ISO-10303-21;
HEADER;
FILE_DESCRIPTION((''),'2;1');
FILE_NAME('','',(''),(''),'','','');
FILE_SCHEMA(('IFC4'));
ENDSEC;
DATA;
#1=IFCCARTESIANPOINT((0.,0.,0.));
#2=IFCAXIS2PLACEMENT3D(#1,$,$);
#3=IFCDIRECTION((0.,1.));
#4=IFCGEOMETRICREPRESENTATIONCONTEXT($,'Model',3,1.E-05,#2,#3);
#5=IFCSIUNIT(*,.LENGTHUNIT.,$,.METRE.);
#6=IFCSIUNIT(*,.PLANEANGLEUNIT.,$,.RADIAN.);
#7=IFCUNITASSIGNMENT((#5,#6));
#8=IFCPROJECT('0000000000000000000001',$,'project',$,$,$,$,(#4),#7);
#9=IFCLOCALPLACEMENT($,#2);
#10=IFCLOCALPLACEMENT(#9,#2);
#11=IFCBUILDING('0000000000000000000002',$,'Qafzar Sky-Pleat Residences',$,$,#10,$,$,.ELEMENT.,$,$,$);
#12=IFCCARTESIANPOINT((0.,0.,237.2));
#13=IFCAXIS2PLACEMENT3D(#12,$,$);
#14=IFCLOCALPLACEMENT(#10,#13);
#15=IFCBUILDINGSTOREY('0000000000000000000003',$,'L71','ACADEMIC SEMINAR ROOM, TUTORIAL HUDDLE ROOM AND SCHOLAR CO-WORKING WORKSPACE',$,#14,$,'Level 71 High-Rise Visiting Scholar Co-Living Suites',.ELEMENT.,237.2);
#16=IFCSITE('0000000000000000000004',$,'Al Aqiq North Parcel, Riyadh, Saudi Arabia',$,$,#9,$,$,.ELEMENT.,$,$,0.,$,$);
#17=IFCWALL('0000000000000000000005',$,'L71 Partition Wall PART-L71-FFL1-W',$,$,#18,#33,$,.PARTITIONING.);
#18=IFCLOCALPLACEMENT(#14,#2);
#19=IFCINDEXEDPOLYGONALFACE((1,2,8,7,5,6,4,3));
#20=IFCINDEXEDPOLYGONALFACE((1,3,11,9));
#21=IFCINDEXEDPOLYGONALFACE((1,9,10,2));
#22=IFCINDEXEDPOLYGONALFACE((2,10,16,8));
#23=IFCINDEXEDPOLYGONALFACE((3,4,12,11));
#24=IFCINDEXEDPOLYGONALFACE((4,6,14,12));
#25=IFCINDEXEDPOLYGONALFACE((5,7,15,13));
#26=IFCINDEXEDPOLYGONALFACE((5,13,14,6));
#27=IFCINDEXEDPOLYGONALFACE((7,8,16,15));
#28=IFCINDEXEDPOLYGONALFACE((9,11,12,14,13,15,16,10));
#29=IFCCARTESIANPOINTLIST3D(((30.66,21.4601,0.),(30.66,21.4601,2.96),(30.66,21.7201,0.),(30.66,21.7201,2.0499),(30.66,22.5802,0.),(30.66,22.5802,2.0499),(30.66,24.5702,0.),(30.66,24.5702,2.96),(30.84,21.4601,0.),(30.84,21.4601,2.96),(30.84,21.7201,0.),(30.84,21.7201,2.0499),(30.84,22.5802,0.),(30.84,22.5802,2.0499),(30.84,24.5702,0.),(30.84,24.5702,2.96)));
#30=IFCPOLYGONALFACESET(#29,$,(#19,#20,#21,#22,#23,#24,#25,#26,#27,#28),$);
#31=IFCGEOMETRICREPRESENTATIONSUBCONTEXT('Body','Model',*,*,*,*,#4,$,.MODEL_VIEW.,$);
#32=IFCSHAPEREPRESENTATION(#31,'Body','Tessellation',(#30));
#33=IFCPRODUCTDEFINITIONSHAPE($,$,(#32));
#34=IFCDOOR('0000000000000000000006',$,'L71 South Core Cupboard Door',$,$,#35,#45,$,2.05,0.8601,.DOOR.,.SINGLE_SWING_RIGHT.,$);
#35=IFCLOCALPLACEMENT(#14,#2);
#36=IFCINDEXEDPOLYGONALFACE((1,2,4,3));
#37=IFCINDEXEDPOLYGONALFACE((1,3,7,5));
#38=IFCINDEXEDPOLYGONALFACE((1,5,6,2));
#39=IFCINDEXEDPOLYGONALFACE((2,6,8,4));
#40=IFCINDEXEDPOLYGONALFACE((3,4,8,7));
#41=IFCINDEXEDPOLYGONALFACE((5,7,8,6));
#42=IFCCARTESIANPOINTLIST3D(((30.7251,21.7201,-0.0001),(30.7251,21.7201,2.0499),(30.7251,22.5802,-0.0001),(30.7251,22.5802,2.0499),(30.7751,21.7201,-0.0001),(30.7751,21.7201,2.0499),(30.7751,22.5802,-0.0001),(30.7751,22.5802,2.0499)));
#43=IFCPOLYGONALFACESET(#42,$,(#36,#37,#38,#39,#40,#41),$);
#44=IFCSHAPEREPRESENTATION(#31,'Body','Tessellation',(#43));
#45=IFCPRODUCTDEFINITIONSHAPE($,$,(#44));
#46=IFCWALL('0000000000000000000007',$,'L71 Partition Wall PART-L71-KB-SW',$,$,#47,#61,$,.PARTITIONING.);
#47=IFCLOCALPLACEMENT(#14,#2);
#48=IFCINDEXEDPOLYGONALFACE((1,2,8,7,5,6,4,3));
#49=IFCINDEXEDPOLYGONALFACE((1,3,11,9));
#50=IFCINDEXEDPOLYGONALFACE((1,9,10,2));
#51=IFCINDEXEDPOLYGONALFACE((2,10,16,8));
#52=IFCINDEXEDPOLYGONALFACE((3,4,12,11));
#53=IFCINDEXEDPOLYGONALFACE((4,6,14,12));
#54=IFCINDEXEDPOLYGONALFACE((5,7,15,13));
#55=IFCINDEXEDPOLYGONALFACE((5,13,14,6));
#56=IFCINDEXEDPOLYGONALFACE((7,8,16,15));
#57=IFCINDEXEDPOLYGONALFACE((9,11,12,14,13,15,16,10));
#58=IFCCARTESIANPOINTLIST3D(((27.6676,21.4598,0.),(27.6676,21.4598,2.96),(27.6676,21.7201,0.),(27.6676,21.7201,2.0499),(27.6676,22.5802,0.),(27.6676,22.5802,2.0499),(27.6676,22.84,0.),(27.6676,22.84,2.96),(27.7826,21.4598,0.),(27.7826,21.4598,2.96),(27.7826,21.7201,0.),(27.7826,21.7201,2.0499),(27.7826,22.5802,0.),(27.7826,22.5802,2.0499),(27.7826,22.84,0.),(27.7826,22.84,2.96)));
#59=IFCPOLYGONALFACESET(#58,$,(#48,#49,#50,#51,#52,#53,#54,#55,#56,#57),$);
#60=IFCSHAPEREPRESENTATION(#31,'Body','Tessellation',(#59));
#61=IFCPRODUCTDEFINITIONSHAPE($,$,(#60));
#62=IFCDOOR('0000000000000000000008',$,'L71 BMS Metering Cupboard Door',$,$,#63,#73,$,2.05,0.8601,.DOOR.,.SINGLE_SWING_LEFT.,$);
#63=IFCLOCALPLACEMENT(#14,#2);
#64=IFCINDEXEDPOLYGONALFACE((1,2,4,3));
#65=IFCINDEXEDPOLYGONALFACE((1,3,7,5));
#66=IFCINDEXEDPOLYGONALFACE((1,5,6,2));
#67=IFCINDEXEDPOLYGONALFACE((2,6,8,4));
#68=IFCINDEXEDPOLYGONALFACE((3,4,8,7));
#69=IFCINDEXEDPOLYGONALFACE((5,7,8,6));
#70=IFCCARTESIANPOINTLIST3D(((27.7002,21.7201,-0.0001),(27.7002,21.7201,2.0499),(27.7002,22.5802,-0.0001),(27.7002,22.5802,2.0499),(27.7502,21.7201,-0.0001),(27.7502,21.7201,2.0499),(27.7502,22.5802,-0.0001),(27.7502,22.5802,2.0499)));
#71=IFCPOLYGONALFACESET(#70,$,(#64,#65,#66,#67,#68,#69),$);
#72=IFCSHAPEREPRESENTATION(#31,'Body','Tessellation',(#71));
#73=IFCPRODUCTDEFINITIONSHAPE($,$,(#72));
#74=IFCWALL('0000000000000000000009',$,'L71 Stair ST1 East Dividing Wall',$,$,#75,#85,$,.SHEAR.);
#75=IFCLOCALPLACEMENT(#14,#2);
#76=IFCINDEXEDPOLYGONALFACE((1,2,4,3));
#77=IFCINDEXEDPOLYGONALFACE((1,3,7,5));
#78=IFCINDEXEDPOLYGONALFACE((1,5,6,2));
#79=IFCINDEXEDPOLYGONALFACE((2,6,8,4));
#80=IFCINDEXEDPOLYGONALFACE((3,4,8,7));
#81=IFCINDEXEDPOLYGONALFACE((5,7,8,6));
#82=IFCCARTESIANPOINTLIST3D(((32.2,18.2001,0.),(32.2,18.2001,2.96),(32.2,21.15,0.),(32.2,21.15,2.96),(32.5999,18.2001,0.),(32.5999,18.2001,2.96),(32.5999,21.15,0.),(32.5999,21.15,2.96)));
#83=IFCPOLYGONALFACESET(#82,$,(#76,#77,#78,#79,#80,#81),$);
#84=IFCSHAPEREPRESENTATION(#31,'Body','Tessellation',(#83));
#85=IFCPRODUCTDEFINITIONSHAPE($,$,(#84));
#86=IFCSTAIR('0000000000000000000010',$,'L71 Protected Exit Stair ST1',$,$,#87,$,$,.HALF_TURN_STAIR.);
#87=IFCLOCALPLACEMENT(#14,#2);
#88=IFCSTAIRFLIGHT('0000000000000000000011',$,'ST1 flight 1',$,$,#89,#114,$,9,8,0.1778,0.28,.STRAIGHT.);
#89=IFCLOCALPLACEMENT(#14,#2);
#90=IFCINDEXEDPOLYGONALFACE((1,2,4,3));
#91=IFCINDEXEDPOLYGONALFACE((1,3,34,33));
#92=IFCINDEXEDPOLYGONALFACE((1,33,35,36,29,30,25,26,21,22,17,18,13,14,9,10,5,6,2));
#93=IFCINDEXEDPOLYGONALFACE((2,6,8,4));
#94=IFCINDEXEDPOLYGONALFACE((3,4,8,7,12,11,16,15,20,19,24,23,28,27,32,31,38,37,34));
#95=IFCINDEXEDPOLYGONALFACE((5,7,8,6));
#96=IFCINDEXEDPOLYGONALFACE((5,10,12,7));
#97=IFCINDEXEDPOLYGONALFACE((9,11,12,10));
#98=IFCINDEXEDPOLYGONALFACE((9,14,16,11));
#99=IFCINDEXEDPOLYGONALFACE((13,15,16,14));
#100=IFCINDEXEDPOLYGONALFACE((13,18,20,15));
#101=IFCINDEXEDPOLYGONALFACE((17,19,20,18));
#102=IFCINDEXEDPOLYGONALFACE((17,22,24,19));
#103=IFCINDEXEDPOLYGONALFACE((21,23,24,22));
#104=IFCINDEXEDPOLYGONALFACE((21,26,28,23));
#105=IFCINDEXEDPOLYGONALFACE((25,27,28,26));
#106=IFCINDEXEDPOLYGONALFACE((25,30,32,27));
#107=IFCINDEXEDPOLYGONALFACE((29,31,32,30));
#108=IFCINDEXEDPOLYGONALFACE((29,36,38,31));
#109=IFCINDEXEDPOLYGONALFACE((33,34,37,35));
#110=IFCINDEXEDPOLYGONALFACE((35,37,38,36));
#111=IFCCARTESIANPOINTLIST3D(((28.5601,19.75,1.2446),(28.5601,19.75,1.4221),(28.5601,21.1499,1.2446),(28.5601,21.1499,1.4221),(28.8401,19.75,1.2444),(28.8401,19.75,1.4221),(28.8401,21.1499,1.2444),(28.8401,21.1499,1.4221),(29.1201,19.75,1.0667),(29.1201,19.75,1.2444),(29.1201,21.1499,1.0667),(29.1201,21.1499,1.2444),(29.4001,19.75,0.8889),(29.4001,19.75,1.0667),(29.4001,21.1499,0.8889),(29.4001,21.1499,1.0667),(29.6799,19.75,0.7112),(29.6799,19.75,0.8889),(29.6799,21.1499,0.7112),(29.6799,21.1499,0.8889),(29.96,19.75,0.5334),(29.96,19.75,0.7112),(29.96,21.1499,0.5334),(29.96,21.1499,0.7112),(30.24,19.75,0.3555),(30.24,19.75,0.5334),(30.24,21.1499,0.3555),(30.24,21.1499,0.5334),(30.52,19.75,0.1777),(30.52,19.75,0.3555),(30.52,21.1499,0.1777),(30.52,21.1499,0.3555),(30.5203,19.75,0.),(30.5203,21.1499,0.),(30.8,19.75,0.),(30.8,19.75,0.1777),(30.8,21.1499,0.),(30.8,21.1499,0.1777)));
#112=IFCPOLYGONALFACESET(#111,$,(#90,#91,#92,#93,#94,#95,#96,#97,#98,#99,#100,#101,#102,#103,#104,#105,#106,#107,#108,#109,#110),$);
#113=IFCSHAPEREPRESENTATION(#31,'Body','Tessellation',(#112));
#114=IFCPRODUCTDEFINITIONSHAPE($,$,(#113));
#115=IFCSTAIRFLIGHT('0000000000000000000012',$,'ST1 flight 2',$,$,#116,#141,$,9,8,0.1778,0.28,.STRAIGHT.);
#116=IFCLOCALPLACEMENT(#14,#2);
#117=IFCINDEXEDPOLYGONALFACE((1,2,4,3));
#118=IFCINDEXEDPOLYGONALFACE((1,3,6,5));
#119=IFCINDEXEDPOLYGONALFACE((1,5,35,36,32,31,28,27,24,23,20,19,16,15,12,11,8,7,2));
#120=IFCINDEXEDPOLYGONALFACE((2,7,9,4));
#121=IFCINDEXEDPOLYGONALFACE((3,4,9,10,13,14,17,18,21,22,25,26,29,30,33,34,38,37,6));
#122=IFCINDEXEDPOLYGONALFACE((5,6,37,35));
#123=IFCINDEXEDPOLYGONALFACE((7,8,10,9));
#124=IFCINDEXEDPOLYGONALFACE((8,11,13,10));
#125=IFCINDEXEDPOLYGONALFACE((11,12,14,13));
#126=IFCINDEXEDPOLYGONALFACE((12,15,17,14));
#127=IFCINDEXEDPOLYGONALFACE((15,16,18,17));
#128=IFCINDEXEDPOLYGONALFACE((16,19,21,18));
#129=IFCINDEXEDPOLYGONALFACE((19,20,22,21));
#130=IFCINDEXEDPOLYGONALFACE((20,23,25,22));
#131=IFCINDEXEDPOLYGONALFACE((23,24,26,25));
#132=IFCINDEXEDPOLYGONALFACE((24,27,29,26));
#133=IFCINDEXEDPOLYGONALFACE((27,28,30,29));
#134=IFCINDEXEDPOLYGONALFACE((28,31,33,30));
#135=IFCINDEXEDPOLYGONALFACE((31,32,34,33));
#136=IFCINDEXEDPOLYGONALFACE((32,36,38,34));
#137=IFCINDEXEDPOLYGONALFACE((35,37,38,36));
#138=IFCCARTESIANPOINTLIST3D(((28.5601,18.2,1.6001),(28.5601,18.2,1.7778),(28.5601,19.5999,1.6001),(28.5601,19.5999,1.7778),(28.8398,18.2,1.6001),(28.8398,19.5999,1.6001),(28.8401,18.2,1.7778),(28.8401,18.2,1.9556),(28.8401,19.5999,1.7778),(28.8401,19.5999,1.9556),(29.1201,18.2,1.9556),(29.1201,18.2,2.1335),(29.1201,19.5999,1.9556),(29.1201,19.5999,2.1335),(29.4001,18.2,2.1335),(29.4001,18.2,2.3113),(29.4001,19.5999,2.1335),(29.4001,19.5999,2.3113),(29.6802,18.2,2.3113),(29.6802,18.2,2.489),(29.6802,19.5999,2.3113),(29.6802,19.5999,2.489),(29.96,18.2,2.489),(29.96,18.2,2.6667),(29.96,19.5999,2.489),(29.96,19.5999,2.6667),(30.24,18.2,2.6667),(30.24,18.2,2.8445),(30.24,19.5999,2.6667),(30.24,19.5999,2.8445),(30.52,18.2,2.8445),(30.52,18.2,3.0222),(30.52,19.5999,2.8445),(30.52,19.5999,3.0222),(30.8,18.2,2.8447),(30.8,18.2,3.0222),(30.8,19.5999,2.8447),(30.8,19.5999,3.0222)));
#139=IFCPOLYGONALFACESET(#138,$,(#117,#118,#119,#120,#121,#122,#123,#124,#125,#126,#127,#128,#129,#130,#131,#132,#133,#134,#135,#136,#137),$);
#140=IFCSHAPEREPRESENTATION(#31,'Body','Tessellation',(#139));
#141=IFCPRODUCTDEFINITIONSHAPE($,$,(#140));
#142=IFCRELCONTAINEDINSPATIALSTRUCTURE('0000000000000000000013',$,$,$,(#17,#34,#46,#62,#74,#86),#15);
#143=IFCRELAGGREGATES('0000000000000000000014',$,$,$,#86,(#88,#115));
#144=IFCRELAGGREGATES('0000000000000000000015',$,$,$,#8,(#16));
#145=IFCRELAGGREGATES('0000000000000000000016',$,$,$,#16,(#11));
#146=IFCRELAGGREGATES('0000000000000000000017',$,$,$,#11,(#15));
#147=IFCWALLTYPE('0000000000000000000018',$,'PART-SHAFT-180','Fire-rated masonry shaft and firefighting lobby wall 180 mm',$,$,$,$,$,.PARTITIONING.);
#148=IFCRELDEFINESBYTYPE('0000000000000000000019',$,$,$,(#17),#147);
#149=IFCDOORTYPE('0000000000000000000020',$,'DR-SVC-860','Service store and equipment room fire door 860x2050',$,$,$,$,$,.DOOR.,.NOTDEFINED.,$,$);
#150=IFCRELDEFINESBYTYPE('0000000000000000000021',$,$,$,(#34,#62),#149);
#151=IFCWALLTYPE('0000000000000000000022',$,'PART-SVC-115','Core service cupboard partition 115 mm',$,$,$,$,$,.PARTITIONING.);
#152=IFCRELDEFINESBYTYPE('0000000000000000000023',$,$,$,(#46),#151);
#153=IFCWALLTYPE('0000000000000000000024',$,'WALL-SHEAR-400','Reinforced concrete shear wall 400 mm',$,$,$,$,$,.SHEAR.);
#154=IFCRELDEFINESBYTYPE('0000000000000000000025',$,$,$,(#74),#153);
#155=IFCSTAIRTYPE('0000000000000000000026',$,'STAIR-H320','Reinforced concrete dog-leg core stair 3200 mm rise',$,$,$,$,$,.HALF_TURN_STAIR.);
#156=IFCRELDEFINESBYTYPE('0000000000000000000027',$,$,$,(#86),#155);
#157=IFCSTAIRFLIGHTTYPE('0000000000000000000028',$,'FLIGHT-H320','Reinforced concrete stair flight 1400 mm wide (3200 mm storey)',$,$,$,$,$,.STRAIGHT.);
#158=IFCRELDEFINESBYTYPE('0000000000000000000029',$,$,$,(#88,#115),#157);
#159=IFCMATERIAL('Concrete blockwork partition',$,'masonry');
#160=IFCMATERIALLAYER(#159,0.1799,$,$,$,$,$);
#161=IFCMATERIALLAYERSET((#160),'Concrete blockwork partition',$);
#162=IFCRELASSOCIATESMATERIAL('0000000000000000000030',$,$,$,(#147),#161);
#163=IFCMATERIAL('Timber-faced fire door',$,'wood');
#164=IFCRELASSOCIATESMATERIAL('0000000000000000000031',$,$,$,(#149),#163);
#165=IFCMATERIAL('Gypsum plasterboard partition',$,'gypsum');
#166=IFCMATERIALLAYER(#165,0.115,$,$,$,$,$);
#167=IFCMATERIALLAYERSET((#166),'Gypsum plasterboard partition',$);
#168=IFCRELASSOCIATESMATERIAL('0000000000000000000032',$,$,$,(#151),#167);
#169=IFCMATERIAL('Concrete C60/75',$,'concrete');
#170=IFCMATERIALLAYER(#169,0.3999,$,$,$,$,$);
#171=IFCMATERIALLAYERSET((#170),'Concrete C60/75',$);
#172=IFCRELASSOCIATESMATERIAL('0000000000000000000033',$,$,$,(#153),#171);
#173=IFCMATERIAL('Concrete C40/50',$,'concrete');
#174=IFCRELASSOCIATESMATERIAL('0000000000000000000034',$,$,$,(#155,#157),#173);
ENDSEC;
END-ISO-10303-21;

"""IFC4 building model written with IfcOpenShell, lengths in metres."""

from ifc_helpers import new_model, si_unit, direction, frame, frame_2d, origin, place, context, subcontext, project, spatial, polyline, rectangle, outline, extrude, source, transform, mapped, material, layer, layer_set, type_object, element, fill, aggregate, save


model = new_model("IFC4")

# Units and contexts
model_context = context("Model", 3, precision=1e-05, world=origin(), true_north=direction((0.0, 1.0)))
body_context = subcontext(model_context, "Body", "Model", "MODEL_VIEW")
ifc_project = project(units=[si_unit("LENGTHUNIT", "METRE"), si_unit("PLANEANGLEUNIT", "RADIAN")], contexts=[model_context])

# Site, building, storey
site_placement = place(None, origin())
site = spatial("IfcSite", under=ifc_project, at=site_placement, Name="Al Aqiq North Parcel, Riyadh, Saudi Arabia", CompositionType="ELEMENT", RefElevation=0.0)
building_placement = place(site_placement, origin())
building = spatial("IfcBuilding", under=site, at=building_placement, Name="Qafzar Sky-Pleat Residences", CompositionType="ELEMENT")
storey_placement = place(building_placement, frame((0.0, 0.0, 237.2)))
storey = spatial("IfcBuildingStorey", under=building, at=storey_placement, Name="L71", Description="ACADEMIC SEMINAR ROOM, TUTORIAL HUDDLE ROOM AND SCHOLAR CO-WORKING WORKSPACE", LongName="Level 71 High-Rise Visiting Scholar Co-Living Suites", CompositionType="ELEMENT", Elevation=237.2)

# Walls, openings, doors
ifc_material_1 = material(Name="Concrete blockwork partition", Category="masonry")
ifc_layer_1 = layer(ifc_material_1, 0.1799)
ifc_layer_set_1 = layer_set([ifc_layer_1], Name="Concrete blockwork partition")
wall_type_1 = type_object("IfcWallType", Name="PART-SHAFT-180", Description="Fire-rated masonry shaft and firefighting lobby wall 180 mm", PredefinedType="PARTITIONING", material=ifc_layer_set_1)
wall_1_placement = place(storey_placement, frame((30.75, 21.46, 0.0), z_axis=(0.0, 0.0, 1.0), x_axis=(0.0, 1.0, 0.0)))
wall_1 = element("IfcWall", 1, at=wall_1_placement, inside=storey, type_object=wall_type_1, Name="L71 Partition Wall PART-L71-FFL1-W", PredefinedType="PARTITIONING", context=body_context, shape_type="SweptSolid", body=[
    extrude(rectangle(XDim=3.1101, YDim=0.1799, at=frame_2d((1.5552, 0.0))), origin(), (0.0, 0.0, 1.0), 2.96),
])
opening_1_placement = place(wall_1_placement, frame((0.26, 0.0, 0.0)))
opening_1 = element("IfcOpeningElement", 2, at=opening_1_placement, cuts=wall_1, PredefinedType="OPENING", context=body_context, shape_type="SweptSolid", body=[
    extrude(rectangle(XDim=0.8601, YDim=2.05, at=frame_2d((0.4302, 1.0249))), frame((0.0, 0.1001, 0.0), z_axis=(0.0, -1.0, 0.0), x_axis=(1.0, 0.0, 0.0)), (0.0, 0.0, 1.0), 0.2),
])
ifc_material_2 = material(Name="Timber-faced fire door", Category="wood")
door_type_1 = type_object("IfcDoorType", Name="DR-SVC-860", Description="Service store and equipment room fire door 860x2050", OperationType="NOTDEFINED", PredefinedType="DOOR", material=ifc_material_2)
shared_shape_1 = source(origin(), body_context, "Body", "SweptSolid", [
    extrude(rectangle(XDim=0.8601, YDim=2.05, at=frame_2d((0.4302, 1.0249))), frame((0.0, 0.0249, 0.0), z_axis=(0.0, -1.0, 0.0), x_axis=(1.0, 0.0, 0.0)), (0.0, 0.0, 1.0), 0.05),
])
door_1_placement = place(opening_1_placement, origin())
door_1 = element("IfcDoor", 3, at=door_1_placement, inside=storey, type_object=door_type_1, Name="L71 South Core Cupboard Door", OperationType="SINGLE_SWING_RIGHT", OverallHeight=2.05, OverallWidth=0.8601, PredefinedType="DOOR", context=body_context, shape_type="MappedRepresentation", body=[
    mapped(shared_shape_1, transform((0.0, 0.0, 0.0), x_axis=(1.0, 0.0, 0.0), y_axis=(0.0, 1.0, 0.0), z_axis=(0.0, 0.0, 1.0), scale=1.0)),
])
fill(opening_1, door_1)
ifc_material_3 = material(Name="Gypsum plasterboard partition", Category="gypsum")
ifc_layer_2 = layer(ifc_material_3, 0.115)
ifc_layer_set_2 = layer_set([ifc_layer_2], Name="Gypsum plasterboard partition")
wall_type_2 = type_object("IfcWallType", Name="PART-SVC-115", Description="Core service cupboard partition 115 mm", PredefinedType="PARTITIONING", material=ifc_layer_set_2)
wall_2_placement = place(storey_placement, frame((27.7251, 21.46, 0.0), z_axis=(0.0, 0.0, 1.0), x_axis=(0.0, 1.0, 0.0)))
wall_2 = element("IfcWall", 4, at=wall_2_placement, inside=storey, type_object=wall_type_2, Name="L71 Partition Wall PART-L71-KB-SW", PredefinedType="PARTITIONING", context=body_context, shape_type="SweptSolid", body=[
    extrude(rectangle(XDim=1.3801, YDim=0.115, at=frame_2d((0.6899, 0.0))), origin(), (0.0, 0.0, 1.0), 2.96),
])
opening_2_placement = place(wall_2_placement, frame((0.26, 0.0, 0.0)))
opening_2 = element("IfcOpeningElement", 5, at=opening_2_placement, cuts=wall_2, PredefinedType="OPENING", context=body_context, shape_type="SweptSolid", body=[
    extrude(rectangle(XDim=0.8601, YDim=2.05, at=frame_2d((0.4302, 1.0249))), frame((0.0, 0.0674, 0.0), z_axis=(0.0, -1.0, 0.0), x_axis=(1.0, 0.0, 0.0)), (0.0, 0.0, 1.0), 0.135),
])
door_2_placement = place(opening_2_placement, origin())
door_2 = element("IfcDoor", 6, at=door_2_placement, inside=storey, type_object=door_type_1, Name="L71 BMS Metering Cupboard Door", OperationType="SINGLE_SWING_LEFT", OverallHeight=2.05, OverallWidth=0.8601, PredefinedType="DOOR", context=body_context, shape_type="MappedRepresentation", body=[
    mapped(shared_shape_1, transform((0.0, 0.0, 0.0), x_axis=(1.0, 0.0, 0.0), y_axis=(0.0, 1.0, 0.0), z_axis=(0.0, 0.0, 1.0), scale=1.0)),
])
fill(opening_2, door_2)

# Wall
ifc_material_4 = material(Name="Concrete C60/75", Category="concrete")
ifc_layer_3 = layer(ifc_material_4, 0.3999)
ifc_layer_set_3 = layer_set([ifc_layer_3], Name="Concrete C60/75")
wall_type_3 = type_object("IfcWallType", Name="WALL-SHEAR-400", Description="Reinforced concrete shear wall 400 mm", PredefinedType="SHEAR", material=ifc_layer_set_3)
wall_3_placement = place(storey_placement, frame((32.3999, 18.2, 0.0), z_axis=(0.0, 0.0, 1.0), x_axis=(0.0, 1.0, 0.0)))
element("IfcWall", 7, at=wall_3_placement, inside=storey, type_object=wall_type_3, Name="L71 Stair ST1 East Dividing Wall", PredefinedType="SHEAR", context=body_context, shape_type="SweptSolid", body=[
    extrude(rectangle(XDim=2.95, YDim=0.3999, at=frame_2d((1.4751, 0.0))), origin(), (0.0, 0.0, 1.0), 2.96),
])

# Stair, stair flights
ifc_material_5 = material(Name="Concrete C40/50", Category="concrete")
stair_type = type_object("IfcStairType", Name="STAIR-H320", Description="Reinforced concrete dog-leg core stair 3200 mm rise", PredefinedType="HALF_TURN_STAIR", material=ifc_material_5)
stair_placement = place(storey_placement, origin())
stair = element("IfcStair", 8, at=stair_placement, inside=storey, type_object=stair_type, Name="L71 Protected Exit Stair ST1", PredefinedType="HALF_TURN_STAIR")
stair_flight_type = type_object("IfcStairFlightType", Name="FLIGHT-H320", Description="Reinforced concrete stair flight 1400 mm wide (3200 mm storey)", PredefinedType="STRAIGHT", material=ifc_material_5)
shared_shape_2 = source(origin(), body_context, "Body", "SweptSolid", [
    extrude(outline(polyline([(0.0, 0.0), (0.0, 0.1777), (0.28, 0.1777), (0.28, 0.3555), (0.5601, 0.3555), (0.5601, 0.5334), (0.8401, 0.5334), (0.8401, 0.7112), (1.1201, 0.7112), (1.1201, 0.8889), (1.3999, 0.8889), (1.3999, 1.0667), (1.6799, 1.0667), (1.6799, 1.2444), (1.96, 1.2444), (1.96, 1.4221), (2.24, 1.4221), (2.24, 1.6001), (2.24, 1.2446), (0.2798, 0.0), (0.0, 0.0)])), frame((0.0, 0.7, 0.0), z_axis=(0.0, -1.0, 0.0), x_axis=(1.0, 0.0, 0.0)), (0.0, 0.0, 1.0), 1.3999),
])
stair_flight_1_placement = place(storey_placement, frame((30.8, 20.45, 0.0), z_axis=(0.0, 0.0, 1.0), x_axis=(-1.0, 0.0, 0.0)))
stair_flight_1 = element("IfcStairFlight", 9, at=stair_flight_1_placement, type_object=stair_flight_type, Name="ST1 flight 1", NumberOfRisers=9, NumberOfTreads=8, PredefinedType="STRAIGHT", RiserHeight=0.1778, TreadLength=0.28, context=body_context, shape_type="MappedRepresentation", body=[
    mapped(shared_shape_2, transform((0.0, 0.0, 0.0), x_axis=(1.0, 0.0, 0.0), y_axis=(0.0, 1.0, 0.0), z_axis=(0.0, 0.0, 1.0), scale=1.0)),
])
stair_flight_2_placement = place(storey_placement, frame((28.5601, 18.8999, 1.6001), z_axis=(0.0, 0.0, 1.0), x_axis=(1.0, 0.0, 0.0)))
stair_flight_2 = element("IfcStairFlight", 10, at=stair_flight_2_placement, type_object=stair_flight_type, Name="ST1 flight 2", NumberOfRisers=9, NumberOfTreads=8, PredefinedType="STRAIGHT", RiserHeight=0.1778, TreadLength=0.28, context=body_context, shape_type="MappedRepresentation", body=[
    mapped(shared_shape_2, transform((0.0, 0.0, 0.0), x_axis=(1.0, 0.0, 0.0), y_axis=(0.0, 1.0, 0.0), z_axis=(0.0, 0.0, 1.0), scale=1.0)),
])
aggregate(stair, [stair_flight_1, stair_flight_2])

save(model, "model.ifc")
